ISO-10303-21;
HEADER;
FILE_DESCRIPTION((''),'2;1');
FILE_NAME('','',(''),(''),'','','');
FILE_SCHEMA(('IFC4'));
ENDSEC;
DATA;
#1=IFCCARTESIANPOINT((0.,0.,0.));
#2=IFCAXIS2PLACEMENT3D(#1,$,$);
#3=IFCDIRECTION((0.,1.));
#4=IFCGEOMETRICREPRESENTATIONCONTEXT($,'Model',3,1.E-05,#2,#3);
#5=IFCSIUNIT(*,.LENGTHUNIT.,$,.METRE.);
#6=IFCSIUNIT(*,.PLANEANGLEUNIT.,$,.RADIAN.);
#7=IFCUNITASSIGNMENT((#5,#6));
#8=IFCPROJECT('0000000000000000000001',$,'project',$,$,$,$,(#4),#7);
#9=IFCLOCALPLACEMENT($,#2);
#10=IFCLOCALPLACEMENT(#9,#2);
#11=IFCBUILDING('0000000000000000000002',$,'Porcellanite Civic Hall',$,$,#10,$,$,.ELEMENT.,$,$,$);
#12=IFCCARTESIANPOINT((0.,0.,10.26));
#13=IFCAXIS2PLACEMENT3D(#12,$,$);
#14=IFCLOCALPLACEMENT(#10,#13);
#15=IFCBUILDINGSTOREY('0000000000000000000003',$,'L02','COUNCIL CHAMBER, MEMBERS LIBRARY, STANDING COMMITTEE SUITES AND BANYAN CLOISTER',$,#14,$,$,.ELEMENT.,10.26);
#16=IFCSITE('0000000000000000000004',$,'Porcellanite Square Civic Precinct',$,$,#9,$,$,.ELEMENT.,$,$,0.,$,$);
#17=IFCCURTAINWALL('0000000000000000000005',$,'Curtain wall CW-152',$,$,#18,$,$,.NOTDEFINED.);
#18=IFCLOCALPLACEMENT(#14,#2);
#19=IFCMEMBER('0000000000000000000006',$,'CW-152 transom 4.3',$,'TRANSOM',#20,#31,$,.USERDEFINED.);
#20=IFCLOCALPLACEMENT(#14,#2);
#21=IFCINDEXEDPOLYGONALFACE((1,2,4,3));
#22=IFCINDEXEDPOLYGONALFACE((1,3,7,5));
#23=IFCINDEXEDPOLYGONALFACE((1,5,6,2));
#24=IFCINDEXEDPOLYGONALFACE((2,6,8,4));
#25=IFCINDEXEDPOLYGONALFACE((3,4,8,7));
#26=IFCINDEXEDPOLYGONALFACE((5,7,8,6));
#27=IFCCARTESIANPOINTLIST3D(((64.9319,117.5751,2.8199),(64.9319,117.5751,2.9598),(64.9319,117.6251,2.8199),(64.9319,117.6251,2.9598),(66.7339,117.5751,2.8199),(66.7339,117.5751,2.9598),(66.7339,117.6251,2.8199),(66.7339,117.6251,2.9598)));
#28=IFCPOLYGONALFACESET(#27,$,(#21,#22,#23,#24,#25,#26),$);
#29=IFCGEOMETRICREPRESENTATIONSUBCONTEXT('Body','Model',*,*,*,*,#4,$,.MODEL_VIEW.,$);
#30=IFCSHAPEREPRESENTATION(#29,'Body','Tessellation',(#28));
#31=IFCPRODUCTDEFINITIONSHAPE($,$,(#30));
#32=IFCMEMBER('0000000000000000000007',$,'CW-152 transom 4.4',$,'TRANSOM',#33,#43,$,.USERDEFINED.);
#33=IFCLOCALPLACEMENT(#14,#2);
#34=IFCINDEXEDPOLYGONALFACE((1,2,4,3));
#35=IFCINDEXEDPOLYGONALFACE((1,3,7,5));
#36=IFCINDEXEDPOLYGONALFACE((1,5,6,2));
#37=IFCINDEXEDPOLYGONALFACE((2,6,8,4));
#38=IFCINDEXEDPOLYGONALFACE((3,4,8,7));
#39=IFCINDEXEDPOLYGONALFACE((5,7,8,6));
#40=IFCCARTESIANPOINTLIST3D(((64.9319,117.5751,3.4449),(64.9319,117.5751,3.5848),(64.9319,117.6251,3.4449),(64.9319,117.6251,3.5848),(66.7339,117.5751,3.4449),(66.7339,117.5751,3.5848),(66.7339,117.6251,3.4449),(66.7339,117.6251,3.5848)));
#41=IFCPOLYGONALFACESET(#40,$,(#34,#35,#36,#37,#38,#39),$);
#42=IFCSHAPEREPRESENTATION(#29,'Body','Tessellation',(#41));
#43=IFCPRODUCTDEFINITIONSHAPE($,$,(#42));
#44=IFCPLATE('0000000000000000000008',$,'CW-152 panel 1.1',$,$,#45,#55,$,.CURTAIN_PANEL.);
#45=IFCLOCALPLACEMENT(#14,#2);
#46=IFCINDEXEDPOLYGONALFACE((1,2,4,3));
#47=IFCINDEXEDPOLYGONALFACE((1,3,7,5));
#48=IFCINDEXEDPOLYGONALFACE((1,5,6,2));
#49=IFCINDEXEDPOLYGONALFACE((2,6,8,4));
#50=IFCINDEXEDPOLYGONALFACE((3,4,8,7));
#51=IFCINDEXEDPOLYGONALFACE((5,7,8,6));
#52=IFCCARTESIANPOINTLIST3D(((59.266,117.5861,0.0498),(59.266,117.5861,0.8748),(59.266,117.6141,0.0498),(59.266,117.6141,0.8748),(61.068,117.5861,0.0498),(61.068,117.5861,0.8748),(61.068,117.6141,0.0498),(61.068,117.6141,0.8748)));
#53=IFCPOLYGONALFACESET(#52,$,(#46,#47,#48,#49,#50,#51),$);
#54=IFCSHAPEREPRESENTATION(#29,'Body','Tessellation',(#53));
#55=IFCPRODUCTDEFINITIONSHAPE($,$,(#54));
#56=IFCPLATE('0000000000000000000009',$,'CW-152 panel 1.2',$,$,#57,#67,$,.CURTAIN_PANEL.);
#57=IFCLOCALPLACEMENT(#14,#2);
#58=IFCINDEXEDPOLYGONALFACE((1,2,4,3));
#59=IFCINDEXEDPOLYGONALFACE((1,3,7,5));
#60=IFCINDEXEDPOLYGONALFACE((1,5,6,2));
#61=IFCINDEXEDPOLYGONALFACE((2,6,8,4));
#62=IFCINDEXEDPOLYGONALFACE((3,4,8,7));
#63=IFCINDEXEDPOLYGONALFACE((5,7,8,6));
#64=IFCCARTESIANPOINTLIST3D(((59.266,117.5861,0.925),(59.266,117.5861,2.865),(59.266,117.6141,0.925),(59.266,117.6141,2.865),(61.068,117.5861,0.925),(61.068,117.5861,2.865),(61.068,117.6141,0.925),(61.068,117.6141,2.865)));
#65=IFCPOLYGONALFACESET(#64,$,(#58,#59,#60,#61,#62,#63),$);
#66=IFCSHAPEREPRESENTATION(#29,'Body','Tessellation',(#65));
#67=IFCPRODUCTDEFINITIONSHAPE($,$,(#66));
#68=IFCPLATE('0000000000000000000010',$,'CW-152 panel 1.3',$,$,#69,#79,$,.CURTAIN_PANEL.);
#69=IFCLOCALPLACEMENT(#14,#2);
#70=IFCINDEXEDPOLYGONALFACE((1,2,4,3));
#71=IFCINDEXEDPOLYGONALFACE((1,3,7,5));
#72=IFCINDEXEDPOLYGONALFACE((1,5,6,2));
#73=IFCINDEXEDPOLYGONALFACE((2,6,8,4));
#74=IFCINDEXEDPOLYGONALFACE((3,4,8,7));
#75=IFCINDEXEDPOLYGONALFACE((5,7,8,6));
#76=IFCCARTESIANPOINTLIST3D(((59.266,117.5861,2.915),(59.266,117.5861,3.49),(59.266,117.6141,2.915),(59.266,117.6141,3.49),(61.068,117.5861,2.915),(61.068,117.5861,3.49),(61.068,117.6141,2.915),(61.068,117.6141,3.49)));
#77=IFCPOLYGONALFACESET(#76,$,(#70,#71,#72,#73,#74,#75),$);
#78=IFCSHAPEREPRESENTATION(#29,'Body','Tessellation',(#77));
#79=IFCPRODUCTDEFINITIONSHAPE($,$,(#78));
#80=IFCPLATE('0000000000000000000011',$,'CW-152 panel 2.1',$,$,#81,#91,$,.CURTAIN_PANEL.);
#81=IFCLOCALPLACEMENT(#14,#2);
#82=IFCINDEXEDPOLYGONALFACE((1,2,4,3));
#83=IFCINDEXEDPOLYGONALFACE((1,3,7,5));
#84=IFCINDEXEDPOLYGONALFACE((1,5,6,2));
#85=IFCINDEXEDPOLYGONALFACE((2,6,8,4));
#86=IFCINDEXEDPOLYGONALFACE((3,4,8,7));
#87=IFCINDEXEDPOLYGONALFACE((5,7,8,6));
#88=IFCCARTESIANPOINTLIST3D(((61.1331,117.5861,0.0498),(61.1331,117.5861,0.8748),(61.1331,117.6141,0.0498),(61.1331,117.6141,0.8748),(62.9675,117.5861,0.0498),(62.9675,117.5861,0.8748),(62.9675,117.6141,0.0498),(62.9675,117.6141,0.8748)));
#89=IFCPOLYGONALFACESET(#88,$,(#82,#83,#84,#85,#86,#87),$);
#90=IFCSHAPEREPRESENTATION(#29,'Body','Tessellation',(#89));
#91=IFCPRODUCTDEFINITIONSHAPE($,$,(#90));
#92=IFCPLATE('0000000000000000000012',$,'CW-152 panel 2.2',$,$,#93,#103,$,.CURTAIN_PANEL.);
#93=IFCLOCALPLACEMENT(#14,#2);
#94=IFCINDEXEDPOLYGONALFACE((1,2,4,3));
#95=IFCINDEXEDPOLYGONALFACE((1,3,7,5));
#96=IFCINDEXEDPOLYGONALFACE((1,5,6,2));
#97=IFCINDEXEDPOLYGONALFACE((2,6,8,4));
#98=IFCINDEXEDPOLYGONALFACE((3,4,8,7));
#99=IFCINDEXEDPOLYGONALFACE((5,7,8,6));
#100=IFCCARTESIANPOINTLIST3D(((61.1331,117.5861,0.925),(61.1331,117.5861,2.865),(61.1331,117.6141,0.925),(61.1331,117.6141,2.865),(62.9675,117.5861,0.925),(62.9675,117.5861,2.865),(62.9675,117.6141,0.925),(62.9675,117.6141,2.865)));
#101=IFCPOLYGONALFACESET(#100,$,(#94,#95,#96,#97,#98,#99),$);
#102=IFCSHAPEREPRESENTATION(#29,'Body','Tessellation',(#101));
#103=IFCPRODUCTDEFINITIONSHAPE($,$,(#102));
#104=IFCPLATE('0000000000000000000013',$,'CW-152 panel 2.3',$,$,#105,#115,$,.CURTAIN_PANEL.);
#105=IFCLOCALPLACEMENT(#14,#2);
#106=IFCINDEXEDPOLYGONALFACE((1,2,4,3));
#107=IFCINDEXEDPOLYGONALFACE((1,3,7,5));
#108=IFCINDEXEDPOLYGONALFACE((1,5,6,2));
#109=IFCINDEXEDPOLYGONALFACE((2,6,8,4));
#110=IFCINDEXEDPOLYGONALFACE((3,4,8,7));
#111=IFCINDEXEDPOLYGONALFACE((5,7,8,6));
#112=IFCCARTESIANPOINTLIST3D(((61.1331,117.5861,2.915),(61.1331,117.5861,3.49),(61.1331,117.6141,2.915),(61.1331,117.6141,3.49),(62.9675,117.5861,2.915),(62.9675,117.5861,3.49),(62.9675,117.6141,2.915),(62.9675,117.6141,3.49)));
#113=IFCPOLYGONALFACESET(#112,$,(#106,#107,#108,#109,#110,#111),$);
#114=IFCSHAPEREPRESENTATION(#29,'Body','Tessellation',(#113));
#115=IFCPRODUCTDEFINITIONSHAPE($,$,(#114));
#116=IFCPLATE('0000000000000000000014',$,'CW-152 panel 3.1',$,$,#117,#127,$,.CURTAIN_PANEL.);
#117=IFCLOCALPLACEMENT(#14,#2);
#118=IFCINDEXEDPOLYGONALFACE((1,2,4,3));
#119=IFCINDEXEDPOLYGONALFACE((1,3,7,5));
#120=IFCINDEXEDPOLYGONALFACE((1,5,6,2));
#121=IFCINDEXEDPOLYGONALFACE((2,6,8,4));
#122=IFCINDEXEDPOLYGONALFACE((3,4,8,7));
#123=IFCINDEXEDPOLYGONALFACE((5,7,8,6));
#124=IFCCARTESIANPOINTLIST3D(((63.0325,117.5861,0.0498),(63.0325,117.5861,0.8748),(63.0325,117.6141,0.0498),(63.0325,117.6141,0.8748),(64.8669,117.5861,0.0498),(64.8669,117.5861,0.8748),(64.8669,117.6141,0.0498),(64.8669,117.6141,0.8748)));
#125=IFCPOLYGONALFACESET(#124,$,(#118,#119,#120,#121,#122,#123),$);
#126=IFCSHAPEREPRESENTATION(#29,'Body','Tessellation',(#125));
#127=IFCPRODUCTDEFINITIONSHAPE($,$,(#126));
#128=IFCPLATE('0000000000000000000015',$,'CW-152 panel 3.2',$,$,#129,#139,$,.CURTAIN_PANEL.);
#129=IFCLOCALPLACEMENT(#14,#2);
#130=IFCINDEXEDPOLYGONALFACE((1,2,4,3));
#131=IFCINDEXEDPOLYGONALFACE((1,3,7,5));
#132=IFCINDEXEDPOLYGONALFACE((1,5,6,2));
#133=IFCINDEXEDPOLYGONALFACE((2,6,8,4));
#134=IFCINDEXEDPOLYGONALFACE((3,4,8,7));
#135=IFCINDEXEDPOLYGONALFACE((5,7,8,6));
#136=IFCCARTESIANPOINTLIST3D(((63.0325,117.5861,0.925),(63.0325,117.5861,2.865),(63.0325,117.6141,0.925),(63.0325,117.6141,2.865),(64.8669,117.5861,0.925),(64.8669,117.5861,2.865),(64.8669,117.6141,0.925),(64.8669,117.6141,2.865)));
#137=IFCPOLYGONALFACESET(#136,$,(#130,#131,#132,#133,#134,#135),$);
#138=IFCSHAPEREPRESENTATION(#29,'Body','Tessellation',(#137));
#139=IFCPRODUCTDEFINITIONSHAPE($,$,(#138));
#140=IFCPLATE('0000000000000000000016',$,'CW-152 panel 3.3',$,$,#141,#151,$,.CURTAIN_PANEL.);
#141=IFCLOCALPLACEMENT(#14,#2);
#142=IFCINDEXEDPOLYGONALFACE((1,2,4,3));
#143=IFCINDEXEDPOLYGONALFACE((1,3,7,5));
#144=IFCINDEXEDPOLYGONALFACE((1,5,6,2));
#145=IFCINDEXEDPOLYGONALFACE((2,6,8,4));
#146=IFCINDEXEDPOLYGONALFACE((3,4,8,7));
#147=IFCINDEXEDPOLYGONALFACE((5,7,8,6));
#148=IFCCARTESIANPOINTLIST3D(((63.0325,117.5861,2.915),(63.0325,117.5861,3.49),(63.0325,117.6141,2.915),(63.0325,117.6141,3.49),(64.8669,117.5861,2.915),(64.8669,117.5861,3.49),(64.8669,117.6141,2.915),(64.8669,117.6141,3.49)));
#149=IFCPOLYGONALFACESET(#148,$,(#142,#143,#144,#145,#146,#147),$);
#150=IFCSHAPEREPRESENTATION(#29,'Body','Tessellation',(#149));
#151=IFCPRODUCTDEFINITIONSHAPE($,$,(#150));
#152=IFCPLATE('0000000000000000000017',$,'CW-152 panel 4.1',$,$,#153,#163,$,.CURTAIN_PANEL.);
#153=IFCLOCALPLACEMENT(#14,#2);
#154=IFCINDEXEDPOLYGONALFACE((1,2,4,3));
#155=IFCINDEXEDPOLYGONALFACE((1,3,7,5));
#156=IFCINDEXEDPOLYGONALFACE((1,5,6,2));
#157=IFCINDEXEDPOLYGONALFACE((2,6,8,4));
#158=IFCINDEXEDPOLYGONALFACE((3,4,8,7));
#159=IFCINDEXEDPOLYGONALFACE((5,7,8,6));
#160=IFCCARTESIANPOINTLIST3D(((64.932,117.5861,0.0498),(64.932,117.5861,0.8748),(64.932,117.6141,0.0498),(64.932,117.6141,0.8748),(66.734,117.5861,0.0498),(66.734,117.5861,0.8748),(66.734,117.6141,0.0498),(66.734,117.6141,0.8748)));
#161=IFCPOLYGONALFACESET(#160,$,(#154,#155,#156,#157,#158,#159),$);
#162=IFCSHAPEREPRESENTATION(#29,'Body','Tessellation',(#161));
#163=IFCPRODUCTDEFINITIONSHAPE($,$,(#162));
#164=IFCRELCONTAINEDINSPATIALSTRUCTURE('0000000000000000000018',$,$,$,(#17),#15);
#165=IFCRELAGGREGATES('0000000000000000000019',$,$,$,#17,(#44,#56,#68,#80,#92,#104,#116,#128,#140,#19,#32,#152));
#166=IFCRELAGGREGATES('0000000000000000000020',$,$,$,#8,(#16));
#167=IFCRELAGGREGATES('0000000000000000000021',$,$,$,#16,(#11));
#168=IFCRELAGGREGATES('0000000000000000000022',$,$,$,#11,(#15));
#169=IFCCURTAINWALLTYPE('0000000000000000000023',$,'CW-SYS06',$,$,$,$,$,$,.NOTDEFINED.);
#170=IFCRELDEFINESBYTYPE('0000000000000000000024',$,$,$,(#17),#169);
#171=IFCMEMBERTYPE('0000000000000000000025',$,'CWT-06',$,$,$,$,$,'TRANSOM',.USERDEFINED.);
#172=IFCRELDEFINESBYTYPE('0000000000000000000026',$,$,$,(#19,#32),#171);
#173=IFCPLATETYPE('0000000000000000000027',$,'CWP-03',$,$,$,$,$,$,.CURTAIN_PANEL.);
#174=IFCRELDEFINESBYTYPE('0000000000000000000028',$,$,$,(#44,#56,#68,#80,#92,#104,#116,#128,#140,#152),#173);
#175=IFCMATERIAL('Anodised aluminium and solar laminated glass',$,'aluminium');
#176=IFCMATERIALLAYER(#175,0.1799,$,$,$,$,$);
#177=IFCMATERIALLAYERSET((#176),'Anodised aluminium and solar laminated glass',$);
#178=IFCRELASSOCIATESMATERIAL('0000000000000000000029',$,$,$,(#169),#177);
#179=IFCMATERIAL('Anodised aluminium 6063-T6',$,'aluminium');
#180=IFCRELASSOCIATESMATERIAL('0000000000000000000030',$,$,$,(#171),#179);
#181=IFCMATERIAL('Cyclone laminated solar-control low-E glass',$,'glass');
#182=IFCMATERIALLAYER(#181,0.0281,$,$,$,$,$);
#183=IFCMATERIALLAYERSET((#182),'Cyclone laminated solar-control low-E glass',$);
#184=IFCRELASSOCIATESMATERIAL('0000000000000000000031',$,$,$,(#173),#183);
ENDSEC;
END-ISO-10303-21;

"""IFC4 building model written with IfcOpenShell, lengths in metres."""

from ifc_helpers import new_model, si_unit, direction, frame, origin, origin_2d, place, context, subcontext, project, spatial, rectangle, extrude, material, layer, layer_set, material_profile, profile_set, type_object, element, aggregate, save


model = new_model("IFC4")

# Units and contexts
model_context = context("Model", 3, precision=1e-05, world=origin(), true_north=direction((0.0, 1.0)))
body_context = subcontext(model_context, "Body", "Model", "MODEL_VIEW")
ifc_project = project(units=[si_unit("LENGTHUNIT", "METRE"), si_unit("PLANEANGLEUNIT", "RADIAN")], contexts=[model_context])

# Site, building, storey
site_placement = place(None, origin())
site = spatial("IfcSite", under=ifc_project, at=site_placement, Name="Porcellanite Square Civic Precinct", CompositionType="ELEMENT", RefElevation=0.0)
building_placement = place(site_placement, origin())
building = spatial("IfcBuilding", under=site, at=building_placement, Name="Porcellanite Civic Hall", CompositionType="ELEMENT")
storey_placement = place(building_placement, frame((0.0, 0.0, 10.26)))
storey = spatial("IfcBuildingStorey", under=building, at=storey_placement, Name="L02", Description="COUNCIL CHAMBER, MEMBERS LIBRARY, STANDING COMMITTEE SUITES AND BANYAN CLOISTER", CompositionType="ELEMENT", Elevation=10.26)

# Curtain wall, members, plates
ifc_material_1 = material(Name="Anodised aluminium and solar laminated glass", Category="aluminium")
ifc_layer_1 = layer(ifc_material_1, 0.1799)
ifc_layer_set_1 = layer_set([ifc_layer_1], Name="Anodised aluminium and solar laminated glass")
curtain_wall_type = type_object("IfcCurtainWallType", Name="CW-SYS06", PredefinedType="NOTDEFINED", material=ifc_layer_set_1)
curtain_wall_placement = place(storey_placement, origin())
curtain_wall = element("IfcCurtainWall", 1, at=curtain_wall_placement, inside=storey, type_object=curtain_wall_type, Name="Curtain wall CW-152", PredefinedType="NOTDEFINED")
ifc_material_2 = material(Name="Anodised aluminium 6063-T6", Category="aluminium")
ifc_material_profile_1 = material_profile(ifc_material_2, rectangle(XDim=0.05, YDim=0.1399, at=origin_2d()), Name="AL-50x140")
ifc_profile_set_1 = profile_set([ifc_material_profile_1], Name="Anodised aluminium 6063-T6")
member_type_1 = type_object("IfcMemberType", Name="CWT-06", ElementType="TRANSOM", PredefinedType="USERDEFINED", material=ifc_profile_set_1)
member_1_placement = place(storey_placement, frame((64.9319, 117.6001, 2.8899), z_axis=(1.0, 0.0, 0.0), x_axis=(0.0, 1.0, 0.0)))
member_1 = element("IfcMember", 2, at=member_1_placement, type_object=member_type_1, Name="CW-152 transom 4.3", ObjectType="TRANSOM", PredefinedType="USERDEFINED", context=body_context, shape_type="SweptSolid", body=[
    extrude(rectangle(XDim=0.05, YDim=0.1399, at=origin_2d()), origin(), (0.0, 0.0, 1.0), 1.802),
])
member_2_placement = place(storey_placement, frame((64.9319, 117.6001, 3.5149), z_axis=(1.0, 0.0, 0.0), x_axis=(0.0, 1.0, 0.0)))
member_2 = element("IfcMember", 3, at=member_2_placement, type_object=member_type_1, Name="CW-152 transom 4.4", ObjectType="TRANSOM", PredefinedType="USERDEFINED", context=body_context, shape_type="SweptSolid", body=[
    extrude(rectangle(XDim=0.05, YDim=0.1399, at=origin_2d()), origin(), (0.0, 0.0, 1.0), 1.802),
])
ifc_material_3 = material(Name="Cyclone laminated solar-control low-E glass", Category="glass")
ifc_layer_2 = layer(ifc_material_3, 0.0281)
ifc_layer_set_2 = layer_set([ifc_layer_2], Name="Cyclone laminated solar-control low-E glass")
plate_type = type_object("IfcPlateType", Name="CWP-03", PredefinedType="CURTAIN_PANEL", material=ifc_layer_set_2)
plate_1_placement = place(storey_placement, frame((60.167, 117.6001, 0.0498), z_axis=(0.0, 0.0, 1.0), x_axis=(1.0, 0.0, 0.0)))
plate_1 = element("IfcPlate", 4, at=plate_1_placement, type_object=plate_type, Name="CW-152 panel 1.1", PredefinedType="CURTAIN_PANEL", context=body_context, shape_type="SweptSolid", body=[
    extrude(rectangle(XDim=1.802, YDim=0.0281, at=origin_2d()), origin(), (0.0, 0.0, 1.0), 0.825),
])
plate_2_placement = place(storey_placement, frame((60.167, 117.6001, 0.925), z_axis=(0.0, 0.0, 1.0), x_axis=(1.0, 0.0, 0.0)))
plate_2 = element("IfcPlate", 5, at=plate_2_placement, type_object=plate_type, Name="CW-152 panel 1.2", PredefinedType="CURTAIN_PANEL", context=body_context, shape_type="SweptSolid", body=[
    extrude(rectangle(XDim=1.802, YDim=0.0281, at=origin_2d()), origin(), (0.0, 0.0, 1.0), 1.9399),
])
plate_3_placement = place(storey_placement, frame((60.167, 117.6001, 2.915), z_axis=(0.0, 0.0, 1.0), x_axis=(1.0, 0.0, 0.0)))
plate_3 = element("IfcPlate", 6, at=plate_3_placement, type_object=plate_type, Name="CW-152 panel 1.3", PredefinedType="CURTAIN_PANEL", context=body_context, shape_type="SweptSolid", body=[
    extrude(rectangle(XDim=1.802, YDim=0.0281, at=origin_2d()), origin(), (0.0, 0.0, 1.0), 0.575),
])
plate_4_placement = place(storey_placement, frame((62.0503, 117.6001, 0.0498), z_axis=(0.0, 0.0, 1.0), x_axis=(1.0, 0.0, 0.0)))
plate_4 = element("IfcPlate", 7, at=plate_4_placement, type_object=plate_type, Name="CW-152 panel 2.1", PredefinedType="CURTAIN_PANEL", context=body_context, shape_type="SweptSolid", body=[
    extrude(rectangle(XDim=1.8345, YDim=0.0281, at=origin_2d()), origin(), (0.0, 0.0, 1.0), 0.825),
])
plate_5_placement = place(storey_placement, frame((62.0503, 117.6001, 0.925), z_axis=(0.0, 0.0, 1.0), x_axis=(1.0, 0.0, 0.0)))
plate_5 = element("IfcPlate", 8, at=plate_5_placement, type_object=plate_type, Name="CW-152 panel 2.2", PredefinedType="CURTAIN_PANEL", context=body_context, shape_type="SweptSolid", body=[
    extrude(rectangle(XDim=1.8345, YDim=0.0281, at=origin_2d()), origin(), (0.0, 0.0, 1.0), 1.9399),
])
plate_6_placement = place(storey_placement, frame((62.0503, 117.6001, 2.915), z_axis=(0.0, 0.0, 1.0), x_axis=(1.0, 0.0, 0.0)))
plate_6 = element("IfcPlate", 9, at=plate_6_placement, type_object=plate_type, Name="CW-152 panel 2.3", PredefinedType="CURTAIN_PANEL", context=body_context, shape_type="SweptSolid", body=[
    extrude(rectangle(XDim=1.8345, YDim=0.0281, at=origin_2d()), origin(), (0.0, 0.0, 1.0), 0.575),
])
plate_7_placement = place(storey_placement, frame((63.9497, 117.6001, 0.0498), z_axis=(0.0, 0.0, 1.0), x_axis=(1.0, 0.0, 0.0)))
plate_7 = element("IfcPlate", 10, at=plate_7_placement, type_object=plate_type, Name="CW-152 panel 3.1", PredefinedType="CURTAIN_PANEL", context=body_context, shape_type="SweptSolid", body=[
    extrude(rectangle(XDim=1.8345, YDim=0.0281, at=origin_2d()), origin(), (0.0, 0.0, 1.0), 0.825),
])
plate_8_placement = place(storey_placement, frame((63.9497, 117.6001, 0.925), z_axis=(0.0, 0.0, 1.0), x_axis=(1.0, 0.0, 0.0)))
plate_8 = element("IfcPlate", 11, at=plate_8_placement, type_object=plate_type, Name="CW-152 panel 3.2", PredefinedType="CURTAIN_PANEL", context=body_context, shape_type="SweptSolid", body=[
    extrude(rectangle(XDim=1.8345, YDim=0.0281, at=origin_2d()), origin(), (0.0, 0.0, 1.0), 1.9399),
])
plate_9_placement = place(storey_placement, frame((63.9497, 117.6001, 2.915), z_axis=(0.0, 0.0, 1.0), x_axis=(1.0, 0.0, 0.0)))
plate_9 = element("IfcPlate", 12, at=plate_9_placement, type_object=plate_type, Name="CW-152 panel 3.3", PredefinedType="CURTAIN_PANEL", context=body_context, shape_type="SweptSolid", body=[
    extrude(rectangle(XDim=1.8345, YDim=0.0281, at=origin_2d()), origin(), (0.0, 0.0, 1.0), 0.575),
])
plate_10_placement = place(storey_placement, frame((65.833, 117.6001, 0.0498), z_axis=(0.0, 0.0, 1.0), x_axis=(1.0, 0.0, 0.0)))
plate_10 = element("IfcPlate", 13, at=plate_10_placement, type_object=plate_type, Name="CW-152 panel 4.1", PredefinedType="CURTAIN_PANEL", context=body_context, shape_type="SweptSolid", body=[
    extrude(rectangle(XDim=1.802, YDim=0.0281, at=origin_2d()), origin(), (0.0, 0.0, 1.0), 0.825),
])
aggregate(curtain_wall, [plate_1, plate_2, plate_3, plate_4, plate_5, plate_6, plate_7, plate_8, plate_9, member_1, member_2, plate_10])

save(model, "model.ifc")
